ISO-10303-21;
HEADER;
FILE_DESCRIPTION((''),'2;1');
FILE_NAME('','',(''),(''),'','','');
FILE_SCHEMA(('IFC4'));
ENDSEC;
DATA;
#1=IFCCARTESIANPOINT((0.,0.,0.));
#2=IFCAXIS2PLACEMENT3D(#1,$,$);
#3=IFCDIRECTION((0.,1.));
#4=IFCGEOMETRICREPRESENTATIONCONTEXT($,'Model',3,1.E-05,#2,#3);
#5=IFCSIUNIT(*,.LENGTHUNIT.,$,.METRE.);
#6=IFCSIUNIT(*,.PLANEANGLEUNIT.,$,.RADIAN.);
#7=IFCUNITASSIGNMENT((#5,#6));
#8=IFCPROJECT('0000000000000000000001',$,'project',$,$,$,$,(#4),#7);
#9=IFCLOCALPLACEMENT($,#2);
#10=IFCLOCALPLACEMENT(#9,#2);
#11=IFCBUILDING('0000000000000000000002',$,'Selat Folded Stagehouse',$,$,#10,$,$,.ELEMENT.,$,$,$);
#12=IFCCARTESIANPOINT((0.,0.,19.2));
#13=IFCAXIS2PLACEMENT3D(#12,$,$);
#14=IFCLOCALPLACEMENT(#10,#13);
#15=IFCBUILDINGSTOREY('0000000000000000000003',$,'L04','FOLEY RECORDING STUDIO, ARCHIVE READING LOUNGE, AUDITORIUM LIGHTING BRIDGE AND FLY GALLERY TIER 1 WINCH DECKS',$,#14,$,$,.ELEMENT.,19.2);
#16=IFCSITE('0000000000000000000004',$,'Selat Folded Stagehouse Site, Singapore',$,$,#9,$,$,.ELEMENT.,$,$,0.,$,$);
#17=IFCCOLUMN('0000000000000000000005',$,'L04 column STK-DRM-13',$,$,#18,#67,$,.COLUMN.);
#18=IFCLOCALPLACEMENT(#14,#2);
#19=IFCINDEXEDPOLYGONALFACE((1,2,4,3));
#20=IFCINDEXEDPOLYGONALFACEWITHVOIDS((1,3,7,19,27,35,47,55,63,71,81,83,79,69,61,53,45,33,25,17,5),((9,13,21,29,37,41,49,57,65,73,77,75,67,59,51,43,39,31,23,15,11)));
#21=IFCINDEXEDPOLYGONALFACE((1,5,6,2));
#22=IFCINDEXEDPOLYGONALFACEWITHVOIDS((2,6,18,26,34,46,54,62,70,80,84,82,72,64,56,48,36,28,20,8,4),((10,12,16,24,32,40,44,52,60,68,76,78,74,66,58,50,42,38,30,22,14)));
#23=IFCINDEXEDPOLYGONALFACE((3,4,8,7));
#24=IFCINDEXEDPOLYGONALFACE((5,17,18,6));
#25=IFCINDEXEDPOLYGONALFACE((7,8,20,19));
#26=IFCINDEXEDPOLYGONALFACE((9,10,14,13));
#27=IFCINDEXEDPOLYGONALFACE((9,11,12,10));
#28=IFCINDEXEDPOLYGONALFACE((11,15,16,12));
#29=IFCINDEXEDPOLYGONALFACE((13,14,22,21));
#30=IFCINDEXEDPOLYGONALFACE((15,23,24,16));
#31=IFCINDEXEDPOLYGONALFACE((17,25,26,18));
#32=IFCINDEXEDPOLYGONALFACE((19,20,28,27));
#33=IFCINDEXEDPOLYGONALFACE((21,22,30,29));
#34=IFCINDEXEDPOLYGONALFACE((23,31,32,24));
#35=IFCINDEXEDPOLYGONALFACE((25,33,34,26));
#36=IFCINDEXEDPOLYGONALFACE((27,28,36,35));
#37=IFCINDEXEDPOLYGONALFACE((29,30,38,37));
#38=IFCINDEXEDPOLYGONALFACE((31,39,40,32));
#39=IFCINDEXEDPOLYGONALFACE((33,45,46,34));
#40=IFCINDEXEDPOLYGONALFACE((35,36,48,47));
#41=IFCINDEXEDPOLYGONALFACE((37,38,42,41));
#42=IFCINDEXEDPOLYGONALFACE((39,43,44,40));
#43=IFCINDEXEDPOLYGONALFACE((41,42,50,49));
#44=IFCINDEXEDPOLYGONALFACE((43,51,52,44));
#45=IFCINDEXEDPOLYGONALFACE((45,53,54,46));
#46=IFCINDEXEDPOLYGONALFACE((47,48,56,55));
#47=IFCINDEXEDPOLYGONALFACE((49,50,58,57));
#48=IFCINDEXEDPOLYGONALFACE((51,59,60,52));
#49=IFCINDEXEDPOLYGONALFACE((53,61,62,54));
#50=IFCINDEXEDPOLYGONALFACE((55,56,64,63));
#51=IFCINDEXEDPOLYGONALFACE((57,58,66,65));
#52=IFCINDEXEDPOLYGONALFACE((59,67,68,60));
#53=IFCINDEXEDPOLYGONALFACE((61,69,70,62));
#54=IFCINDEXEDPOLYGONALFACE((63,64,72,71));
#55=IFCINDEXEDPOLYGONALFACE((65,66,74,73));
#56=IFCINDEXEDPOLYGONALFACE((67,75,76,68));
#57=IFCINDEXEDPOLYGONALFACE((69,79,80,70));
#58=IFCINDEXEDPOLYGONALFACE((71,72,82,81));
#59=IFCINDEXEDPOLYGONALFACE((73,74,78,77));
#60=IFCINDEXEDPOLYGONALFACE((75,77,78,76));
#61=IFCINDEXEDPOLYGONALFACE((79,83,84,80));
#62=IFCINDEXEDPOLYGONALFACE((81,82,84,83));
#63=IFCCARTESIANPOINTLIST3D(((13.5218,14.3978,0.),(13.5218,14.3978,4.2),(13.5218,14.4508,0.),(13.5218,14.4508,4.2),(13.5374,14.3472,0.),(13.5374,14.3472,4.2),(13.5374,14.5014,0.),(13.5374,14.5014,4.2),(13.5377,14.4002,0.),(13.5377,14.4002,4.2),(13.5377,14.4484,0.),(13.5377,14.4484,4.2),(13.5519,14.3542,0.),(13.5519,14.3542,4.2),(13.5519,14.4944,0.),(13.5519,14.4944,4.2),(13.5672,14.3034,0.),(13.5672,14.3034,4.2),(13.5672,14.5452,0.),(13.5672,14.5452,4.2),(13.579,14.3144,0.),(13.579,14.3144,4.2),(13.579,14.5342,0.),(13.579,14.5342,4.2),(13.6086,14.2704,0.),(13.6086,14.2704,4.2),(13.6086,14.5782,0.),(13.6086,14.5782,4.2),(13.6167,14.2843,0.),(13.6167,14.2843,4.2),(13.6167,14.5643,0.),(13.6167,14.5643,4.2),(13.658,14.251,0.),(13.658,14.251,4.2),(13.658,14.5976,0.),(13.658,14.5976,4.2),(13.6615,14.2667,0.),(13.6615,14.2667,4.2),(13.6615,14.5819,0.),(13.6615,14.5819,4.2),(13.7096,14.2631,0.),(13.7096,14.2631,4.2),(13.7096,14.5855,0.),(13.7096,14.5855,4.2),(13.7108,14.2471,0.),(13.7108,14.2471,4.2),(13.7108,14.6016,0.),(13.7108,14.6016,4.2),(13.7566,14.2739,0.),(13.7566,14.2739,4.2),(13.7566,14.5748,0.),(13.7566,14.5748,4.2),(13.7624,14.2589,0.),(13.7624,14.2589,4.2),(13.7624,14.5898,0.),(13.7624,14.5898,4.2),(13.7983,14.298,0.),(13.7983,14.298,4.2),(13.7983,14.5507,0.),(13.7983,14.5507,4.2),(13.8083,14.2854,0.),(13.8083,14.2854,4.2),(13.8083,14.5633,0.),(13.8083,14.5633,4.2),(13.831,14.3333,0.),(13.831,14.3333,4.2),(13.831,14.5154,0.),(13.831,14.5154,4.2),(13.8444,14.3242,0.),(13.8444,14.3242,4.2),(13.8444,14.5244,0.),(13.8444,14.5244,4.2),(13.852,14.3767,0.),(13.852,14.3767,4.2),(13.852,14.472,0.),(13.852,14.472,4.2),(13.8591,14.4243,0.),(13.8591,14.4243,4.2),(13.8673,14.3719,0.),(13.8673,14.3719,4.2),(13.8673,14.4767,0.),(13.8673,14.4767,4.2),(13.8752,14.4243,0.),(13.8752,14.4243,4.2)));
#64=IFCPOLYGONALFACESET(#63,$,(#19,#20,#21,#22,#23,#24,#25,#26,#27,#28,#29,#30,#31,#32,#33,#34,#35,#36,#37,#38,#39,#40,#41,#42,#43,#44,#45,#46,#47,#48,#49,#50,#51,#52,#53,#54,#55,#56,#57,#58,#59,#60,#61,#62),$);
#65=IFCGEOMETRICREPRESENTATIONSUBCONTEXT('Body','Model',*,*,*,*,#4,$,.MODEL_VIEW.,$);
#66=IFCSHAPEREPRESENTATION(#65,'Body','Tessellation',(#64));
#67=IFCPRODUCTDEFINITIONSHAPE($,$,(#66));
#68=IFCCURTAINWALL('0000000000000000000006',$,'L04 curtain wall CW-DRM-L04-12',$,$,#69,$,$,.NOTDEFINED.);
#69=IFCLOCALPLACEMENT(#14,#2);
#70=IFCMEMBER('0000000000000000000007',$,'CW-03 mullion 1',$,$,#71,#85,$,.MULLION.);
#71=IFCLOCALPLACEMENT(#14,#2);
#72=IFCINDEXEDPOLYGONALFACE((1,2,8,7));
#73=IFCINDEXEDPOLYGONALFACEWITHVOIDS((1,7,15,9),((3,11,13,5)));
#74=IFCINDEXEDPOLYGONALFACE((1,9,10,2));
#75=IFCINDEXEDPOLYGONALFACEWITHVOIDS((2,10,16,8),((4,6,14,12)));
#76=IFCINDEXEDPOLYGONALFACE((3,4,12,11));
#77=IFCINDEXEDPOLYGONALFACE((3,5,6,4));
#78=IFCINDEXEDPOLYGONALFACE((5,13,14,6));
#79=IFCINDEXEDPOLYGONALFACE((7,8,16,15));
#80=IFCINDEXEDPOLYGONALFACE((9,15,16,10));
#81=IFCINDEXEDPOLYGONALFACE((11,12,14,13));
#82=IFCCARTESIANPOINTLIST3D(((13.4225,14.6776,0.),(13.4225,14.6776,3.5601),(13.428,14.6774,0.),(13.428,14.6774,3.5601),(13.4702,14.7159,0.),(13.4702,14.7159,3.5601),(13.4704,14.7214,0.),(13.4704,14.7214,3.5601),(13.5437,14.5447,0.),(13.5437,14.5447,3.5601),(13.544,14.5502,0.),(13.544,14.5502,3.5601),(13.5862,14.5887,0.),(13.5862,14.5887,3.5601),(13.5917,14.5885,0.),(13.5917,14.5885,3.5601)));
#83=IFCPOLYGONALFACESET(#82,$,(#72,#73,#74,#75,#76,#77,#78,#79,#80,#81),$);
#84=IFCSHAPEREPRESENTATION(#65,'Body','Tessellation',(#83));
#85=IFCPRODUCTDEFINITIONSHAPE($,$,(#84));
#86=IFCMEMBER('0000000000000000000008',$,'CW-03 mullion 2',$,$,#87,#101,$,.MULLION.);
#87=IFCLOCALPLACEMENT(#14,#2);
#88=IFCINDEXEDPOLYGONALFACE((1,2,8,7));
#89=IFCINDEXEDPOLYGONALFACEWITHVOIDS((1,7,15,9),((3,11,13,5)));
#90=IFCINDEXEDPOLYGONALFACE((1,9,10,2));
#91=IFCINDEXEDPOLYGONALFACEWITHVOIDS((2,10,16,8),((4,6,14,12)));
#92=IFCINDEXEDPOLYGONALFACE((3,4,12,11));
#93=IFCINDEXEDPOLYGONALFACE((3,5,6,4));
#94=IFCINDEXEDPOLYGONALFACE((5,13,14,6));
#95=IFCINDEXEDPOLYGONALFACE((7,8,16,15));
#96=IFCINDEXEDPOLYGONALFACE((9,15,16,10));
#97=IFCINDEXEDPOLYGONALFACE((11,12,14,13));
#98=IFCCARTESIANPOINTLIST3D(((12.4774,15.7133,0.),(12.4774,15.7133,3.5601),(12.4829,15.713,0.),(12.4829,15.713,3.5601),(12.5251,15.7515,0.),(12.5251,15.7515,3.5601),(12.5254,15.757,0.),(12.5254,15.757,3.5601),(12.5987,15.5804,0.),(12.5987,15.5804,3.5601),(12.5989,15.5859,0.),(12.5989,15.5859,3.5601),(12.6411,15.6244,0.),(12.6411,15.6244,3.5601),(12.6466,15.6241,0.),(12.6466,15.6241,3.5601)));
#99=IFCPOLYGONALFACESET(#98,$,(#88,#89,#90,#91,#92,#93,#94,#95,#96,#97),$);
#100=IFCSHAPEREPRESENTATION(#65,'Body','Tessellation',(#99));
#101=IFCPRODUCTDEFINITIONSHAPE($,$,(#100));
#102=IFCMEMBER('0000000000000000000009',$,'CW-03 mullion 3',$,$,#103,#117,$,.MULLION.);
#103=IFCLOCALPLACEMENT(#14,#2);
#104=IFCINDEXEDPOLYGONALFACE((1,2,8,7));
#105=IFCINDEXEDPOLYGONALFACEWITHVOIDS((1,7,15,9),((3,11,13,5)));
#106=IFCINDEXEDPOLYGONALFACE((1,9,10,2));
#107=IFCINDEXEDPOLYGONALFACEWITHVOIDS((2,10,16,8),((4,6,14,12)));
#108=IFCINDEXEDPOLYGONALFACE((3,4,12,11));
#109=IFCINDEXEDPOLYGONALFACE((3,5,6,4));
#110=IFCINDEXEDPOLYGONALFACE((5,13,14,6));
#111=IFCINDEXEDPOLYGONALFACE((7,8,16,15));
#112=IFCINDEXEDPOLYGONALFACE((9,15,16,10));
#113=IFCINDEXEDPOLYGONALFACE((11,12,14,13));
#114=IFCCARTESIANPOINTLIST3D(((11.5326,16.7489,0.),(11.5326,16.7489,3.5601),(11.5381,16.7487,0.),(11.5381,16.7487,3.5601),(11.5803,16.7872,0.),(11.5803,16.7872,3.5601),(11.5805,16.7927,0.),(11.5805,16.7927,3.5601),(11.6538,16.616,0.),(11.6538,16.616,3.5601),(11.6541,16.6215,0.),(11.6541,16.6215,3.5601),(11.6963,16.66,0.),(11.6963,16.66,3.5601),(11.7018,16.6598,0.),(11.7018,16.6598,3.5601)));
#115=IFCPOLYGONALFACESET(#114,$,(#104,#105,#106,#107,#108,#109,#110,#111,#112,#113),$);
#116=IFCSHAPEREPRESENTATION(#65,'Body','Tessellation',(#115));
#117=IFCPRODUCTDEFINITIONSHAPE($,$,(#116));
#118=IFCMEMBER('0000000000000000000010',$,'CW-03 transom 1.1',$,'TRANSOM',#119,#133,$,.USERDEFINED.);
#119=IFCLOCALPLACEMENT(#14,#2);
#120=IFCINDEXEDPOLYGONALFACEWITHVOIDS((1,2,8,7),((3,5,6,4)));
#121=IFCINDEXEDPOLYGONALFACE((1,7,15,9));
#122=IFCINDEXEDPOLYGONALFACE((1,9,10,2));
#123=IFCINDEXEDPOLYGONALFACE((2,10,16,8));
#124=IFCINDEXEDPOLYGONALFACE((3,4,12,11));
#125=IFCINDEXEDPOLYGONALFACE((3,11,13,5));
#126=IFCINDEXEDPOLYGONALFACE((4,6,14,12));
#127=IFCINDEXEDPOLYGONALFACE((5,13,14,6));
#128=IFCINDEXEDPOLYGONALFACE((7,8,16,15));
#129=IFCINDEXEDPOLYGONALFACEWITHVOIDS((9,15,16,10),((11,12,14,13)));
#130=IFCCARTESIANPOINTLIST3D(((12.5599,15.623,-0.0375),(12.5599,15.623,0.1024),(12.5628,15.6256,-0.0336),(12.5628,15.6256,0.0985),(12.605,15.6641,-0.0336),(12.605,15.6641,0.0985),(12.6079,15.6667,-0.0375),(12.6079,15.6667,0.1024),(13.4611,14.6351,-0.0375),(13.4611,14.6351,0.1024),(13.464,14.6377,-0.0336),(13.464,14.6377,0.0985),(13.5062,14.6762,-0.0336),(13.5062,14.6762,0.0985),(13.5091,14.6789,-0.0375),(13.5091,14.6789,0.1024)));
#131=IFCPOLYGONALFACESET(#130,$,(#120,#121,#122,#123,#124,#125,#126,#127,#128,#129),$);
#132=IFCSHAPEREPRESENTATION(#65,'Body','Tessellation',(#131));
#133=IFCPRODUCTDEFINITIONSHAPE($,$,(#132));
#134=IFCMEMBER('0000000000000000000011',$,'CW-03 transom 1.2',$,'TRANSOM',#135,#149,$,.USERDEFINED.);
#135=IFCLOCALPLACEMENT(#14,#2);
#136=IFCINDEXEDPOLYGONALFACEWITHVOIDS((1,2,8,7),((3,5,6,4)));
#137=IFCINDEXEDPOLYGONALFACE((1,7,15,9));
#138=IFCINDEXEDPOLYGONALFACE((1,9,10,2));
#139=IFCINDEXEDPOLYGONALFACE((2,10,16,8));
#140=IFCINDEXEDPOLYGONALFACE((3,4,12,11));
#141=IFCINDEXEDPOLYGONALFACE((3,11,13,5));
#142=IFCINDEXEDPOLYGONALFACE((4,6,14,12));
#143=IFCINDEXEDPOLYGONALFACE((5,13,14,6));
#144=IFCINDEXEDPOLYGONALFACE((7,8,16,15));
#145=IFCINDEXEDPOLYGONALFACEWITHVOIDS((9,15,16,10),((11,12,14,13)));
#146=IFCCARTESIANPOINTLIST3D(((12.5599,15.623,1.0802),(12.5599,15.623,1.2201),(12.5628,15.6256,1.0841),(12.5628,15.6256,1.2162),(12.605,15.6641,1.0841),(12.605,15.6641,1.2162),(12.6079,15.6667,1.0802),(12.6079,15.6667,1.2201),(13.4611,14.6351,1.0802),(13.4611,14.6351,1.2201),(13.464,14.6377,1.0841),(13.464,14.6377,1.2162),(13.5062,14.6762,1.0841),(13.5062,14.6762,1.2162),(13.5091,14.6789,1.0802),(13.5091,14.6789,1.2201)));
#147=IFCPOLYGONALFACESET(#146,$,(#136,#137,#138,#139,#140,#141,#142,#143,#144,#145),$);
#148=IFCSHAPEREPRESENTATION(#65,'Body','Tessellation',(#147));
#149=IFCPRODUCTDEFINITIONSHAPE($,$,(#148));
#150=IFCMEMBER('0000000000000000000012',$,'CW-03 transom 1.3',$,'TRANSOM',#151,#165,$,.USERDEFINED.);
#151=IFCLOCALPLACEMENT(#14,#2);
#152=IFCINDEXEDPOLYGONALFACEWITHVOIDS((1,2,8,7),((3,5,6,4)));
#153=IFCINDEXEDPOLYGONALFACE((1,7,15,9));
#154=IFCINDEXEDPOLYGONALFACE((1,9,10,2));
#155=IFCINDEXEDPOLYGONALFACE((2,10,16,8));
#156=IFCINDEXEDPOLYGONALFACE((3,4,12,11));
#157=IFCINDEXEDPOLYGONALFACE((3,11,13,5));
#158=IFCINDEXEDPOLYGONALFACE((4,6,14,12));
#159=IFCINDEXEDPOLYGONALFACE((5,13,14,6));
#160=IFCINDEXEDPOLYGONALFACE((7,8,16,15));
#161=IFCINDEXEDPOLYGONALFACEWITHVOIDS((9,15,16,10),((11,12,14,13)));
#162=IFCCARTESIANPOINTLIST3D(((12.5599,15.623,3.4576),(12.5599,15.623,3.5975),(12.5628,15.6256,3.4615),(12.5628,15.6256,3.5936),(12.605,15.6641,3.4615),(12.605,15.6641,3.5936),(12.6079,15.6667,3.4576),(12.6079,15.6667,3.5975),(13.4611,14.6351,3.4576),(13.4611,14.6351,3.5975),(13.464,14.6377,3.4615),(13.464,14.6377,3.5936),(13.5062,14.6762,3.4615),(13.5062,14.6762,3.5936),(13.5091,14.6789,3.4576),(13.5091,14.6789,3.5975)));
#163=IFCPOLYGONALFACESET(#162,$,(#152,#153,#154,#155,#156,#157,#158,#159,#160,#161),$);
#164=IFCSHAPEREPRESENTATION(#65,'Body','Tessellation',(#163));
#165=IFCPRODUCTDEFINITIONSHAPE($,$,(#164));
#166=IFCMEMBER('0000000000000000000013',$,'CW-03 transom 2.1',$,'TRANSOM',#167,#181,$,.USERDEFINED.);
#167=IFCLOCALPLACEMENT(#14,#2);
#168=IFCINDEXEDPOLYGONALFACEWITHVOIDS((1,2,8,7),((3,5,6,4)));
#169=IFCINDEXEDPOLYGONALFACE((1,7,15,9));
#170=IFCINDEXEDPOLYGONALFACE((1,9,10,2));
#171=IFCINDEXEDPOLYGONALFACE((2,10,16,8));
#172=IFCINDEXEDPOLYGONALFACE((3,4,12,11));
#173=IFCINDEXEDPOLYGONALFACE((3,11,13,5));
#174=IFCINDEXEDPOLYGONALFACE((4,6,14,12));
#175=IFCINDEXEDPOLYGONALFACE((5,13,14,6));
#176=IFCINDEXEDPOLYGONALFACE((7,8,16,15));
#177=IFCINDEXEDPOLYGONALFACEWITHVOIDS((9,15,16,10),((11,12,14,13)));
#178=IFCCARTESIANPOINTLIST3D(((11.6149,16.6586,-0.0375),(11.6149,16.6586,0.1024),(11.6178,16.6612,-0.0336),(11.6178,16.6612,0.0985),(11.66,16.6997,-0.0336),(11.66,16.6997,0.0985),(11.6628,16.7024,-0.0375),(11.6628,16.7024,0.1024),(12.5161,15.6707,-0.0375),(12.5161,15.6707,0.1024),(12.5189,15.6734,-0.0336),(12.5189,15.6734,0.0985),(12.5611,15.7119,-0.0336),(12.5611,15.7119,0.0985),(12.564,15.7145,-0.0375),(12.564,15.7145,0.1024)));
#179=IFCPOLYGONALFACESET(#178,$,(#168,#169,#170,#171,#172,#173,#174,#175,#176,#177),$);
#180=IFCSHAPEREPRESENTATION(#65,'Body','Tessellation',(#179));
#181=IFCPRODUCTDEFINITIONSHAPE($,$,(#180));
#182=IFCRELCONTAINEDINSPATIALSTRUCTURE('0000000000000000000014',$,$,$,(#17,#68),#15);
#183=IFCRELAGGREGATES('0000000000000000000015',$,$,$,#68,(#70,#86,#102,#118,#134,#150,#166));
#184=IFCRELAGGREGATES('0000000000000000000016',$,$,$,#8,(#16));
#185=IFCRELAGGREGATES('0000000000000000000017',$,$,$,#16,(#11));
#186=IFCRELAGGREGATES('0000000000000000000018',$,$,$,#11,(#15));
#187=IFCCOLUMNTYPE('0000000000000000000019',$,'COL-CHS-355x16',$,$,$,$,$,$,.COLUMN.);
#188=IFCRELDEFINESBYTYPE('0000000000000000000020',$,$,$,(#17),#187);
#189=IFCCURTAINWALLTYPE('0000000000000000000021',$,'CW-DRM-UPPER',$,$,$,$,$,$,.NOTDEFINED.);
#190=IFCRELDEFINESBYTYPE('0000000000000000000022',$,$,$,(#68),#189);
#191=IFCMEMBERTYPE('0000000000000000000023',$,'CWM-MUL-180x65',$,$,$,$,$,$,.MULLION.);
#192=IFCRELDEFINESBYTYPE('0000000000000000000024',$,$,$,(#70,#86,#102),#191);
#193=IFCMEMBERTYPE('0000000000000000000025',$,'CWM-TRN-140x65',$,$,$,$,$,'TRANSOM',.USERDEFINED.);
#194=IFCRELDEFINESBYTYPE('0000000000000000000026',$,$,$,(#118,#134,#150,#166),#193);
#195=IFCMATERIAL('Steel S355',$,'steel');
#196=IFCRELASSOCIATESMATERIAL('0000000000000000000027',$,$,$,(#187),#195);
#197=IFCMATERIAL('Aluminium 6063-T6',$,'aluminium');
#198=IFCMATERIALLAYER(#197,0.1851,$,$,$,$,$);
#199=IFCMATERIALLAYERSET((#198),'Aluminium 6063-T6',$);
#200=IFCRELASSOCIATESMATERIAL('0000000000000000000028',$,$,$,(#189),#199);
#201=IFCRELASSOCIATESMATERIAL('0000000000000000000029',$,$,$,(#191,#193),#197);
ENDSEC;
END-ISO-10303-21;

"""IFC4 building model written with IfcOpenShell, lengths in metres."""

from ifc_helpers import new_model, si_unit, direction, frame, origin, origin_2d, place, context, subcontext, project, spatial, hollow_rectangle, hollow_circle, extrude, material, layer, layer_set, material_profile, profile_set, type_object, element, aggregate, save


model = new_model("IFC4")

# Units and contexts
model_context = context("Model", 3, precision=1e-05, world=origin(), true_north=direction((0.0, 1.0)))
body_context = subcontext(model_context, "Body", "Model", "MODEL_VIEW")
ifc_project = project(units=[si_unit("LENGTHUNIT", "METRE"), si_unit("PLANEANGLEUNIT", "RADIAN")], contexts=[model_context])

# Site, building, storey
site_placement = place(None, origin())
site = spatial("IfcSite", under=ifc_project, at=site_placement, Name="Selat Folded Stagehouse Site, Singapore", CompositionType="ELEMENT", RefElevation=0.0)
building_placement = place(site_placement, origin())
building = spatial("IfcBuilding", under=site, at=building_placement, Name="Selat Folded Stagehouse", CompositionType="ELEMENT")
storey_placement = place(building_placement, frame((0.0, 0.0, 19.2)))
storey = spatial("IfcBuildingStorey", under=building, at=storey_placement, Name="L04", Description="FOLEY RECORDING STUDIO, ARCHIVE READING LOUNGE, AUDITORIUM LIGHTING BRIDGE AND FLY GALLERY TIER 1 WINCH DECKS", CompositionType="ELEMENT", Elevation=19.2)

# Column
ifc_material_1 = material(Name="Steel S355", Category="steel")
ifc_material_profile_1 = material_profile(ifc_material_1, hollow_circle(Radius=0.1777, WallThickness=0.0161, at=origin_2d()), Name="CHS 355.6x16.0")
ifc_profile_set_1 = profile_set([ifc_material_profile_1], Name="Steel S355")
column_type = type_object("IfcColumnType", Name="COL-CHS-355x16", PredefinedType="COLUMN", material=ifc_profile_set_1)
column_placement = place(storey_placement, frame((13.6975, 14.4243, 0.0), z_axis=(0.0, 0.0, 1.0), x_axis=(1.0, 0.0, 0.0)))
element("IfcColumn", 1, at=column_placement, inside=storey, type_object=column_type, Name="L04 column STK-DRM-13", PredefinedType="COLUMN", context=body_context, shape_type="SweptSolid", body=[
    extrude(hollow_circle(Radius=0.1777, WallThickness=0.0161, at=origin_2d()), origin(), (0.0, 0.0, 1.0), 4.2),
])

# Curtain wall, members
ifc_material_2 = material(Name="Aluminium 6063-T6", Category="aluminium")
ifc_layer_1 = layer(ifc_material_2, 0.1851)
ifc_layer_set_1 = layer_set([ifc_layer_1], Name="Aluminium 6063-T6")
curtain_wall_type = type_object("IfcCurtainWallType", Name="CW-DRM-UPPER", PredefinedType="NOTDEFINED", material=ifc_layer_set_1)
curtain_wall_placement = place(storey_placement, origin())
curtain_wall = element("IfcCurtainWall", 2, at=curtain_wall_placement, inside=storey, type_object=curtain_wall_type, Name="L04 curtain wall CW-DRM-L04-12", PredefinedType="NOTDEFINED")
ifc_material_profile_2 = material_profile(ifc_material_2, hollow_rectangle(XDim=0.0649, YDim=0.1799, WallThickness=0.0039, at=origin_2d()), Name="ALU 180x65x4.0")
ifc_profile_set_2 = profile_set([ifc_material_profile_2], Name="Aluminium 6063-T6")
member_type_1 = type_object("IfcMemberType", Name="CWM-MUL-180x65", PredefinedType="MULLION", material=ifc_profile_set_2)
member_1_placement = place(storey_placement, frame((13.5071, 14.6331, 0.0), z_axis=(0.0, 0.0, 1.0), x_axis=(-0.738729, -0.674002, 0.0)))
member_1 = element("IfcMember", 3, at=member_1_placement, type_object=member_type_1, Name="CW-03 mullion 1", PredefinedType="MULLION", context=body_context, shape_type="SweptSolid", body=[
    extrude(hollow_rectangle(XDim=0.0649, YDim=0.1799, WallThickness=0.0039, at=origin_2d()), origin(), (0.0, 0.0, 1.0), 3.5601),
])
member_2_placement = place(storey_placement, frame((12.562, 15.6687, 0.0), z_axis=(0.0, 0.0, 1.0), x_axis=(-0.738729, -0.674002, 0.0)))
member_2 = element("IfcMember", 4, at=member_2_placement, type_object=member_type_1, Name="CW-03 mullion 2", PredefinedType="MULLION", context=body_context, shape_type="SweptSolid", body=[
    extrude(hollow_rectangle(XDim=0.0649, YDim=0.1799, WallThickness=0.0039, at=origin_2d()), origin(), (0.0, 0.0, 1.0), 3.5601),
])
member_3_placement = place(storey_placement, frame((11.6172, 16.7043, 0.0), z_axis=(0.0, 0.0, 1.0), x_axis=(-0.738729, -0.674002, 0.0)))
member_3 = element("IfcMember", 5, at=member_3_placement, type_object=member_type_1, Name="CW-03 mullion 3", PredefinedType="MULLION", context=body_context, shape_type="SweptSolid", body=[
    extrude(hollow_rectangle(XDim=0.0649, YDim=0.1799, WallThickness=0.0039, at=origin_2d()), origin(), (0.0, 0.0, 1.0), 3.5601),
])
ifc_material_profile_3 = material_profile(ifc_material_2, hollow_rectangle(XDim=0.0649, YDim=0.1399, WallThickness=0.0039, at=origin_2d()), Name="ALU 140x65x4.0")
ifc_profile_set_3 = profile_set([ifc_material_profile_3], Name="Aluminium 6063-T6")
member_type_2 = type_object("IfcMemberType", Name="CWM-TRN-140x65", ElementType="TRANSOM", PredefinedType="USERDEFINED", material=ifc_profile_set_3)
member_4_placement = place(storey_placement, frame((13.4851, 14.657, 0.0325), z_axis=(-0.673953, 0.738774, 0.0), x_axis=(-0.738774, -0.673953, 0.0)))
member_4 = element("IfcMember", 6, at=member_4_placement, type_object=member_type_2, Name="CW-03 transom 1.1", ObjectType="TRANSOM", PredefinedType="USERDEFINED", context=body_context, shape_type="SweptSolid", body=[
    extrude(hollow_rectangle(XDim=0.0649, YDim=0.1399, WallThickness=0.0039, at=origin_2d()), origin(), (0.0, 0.0, 1.0), 1.3372),
])
member_5_placement = place(storey_placement, frame((13.4851, 14.657, 1.1501), z_axis=(-0.673953, 0.738774, 0.0), x_axis=(-0.738774, -0.673953, 0.0)))
member_5 = element("IfcMember", 7, at=member_5_placement, type_object=member_type_2, Name="CW-03 transom 1.2", ObjectType="TRANSOM", PredefinedType="USERDEFINED", context=body_context, shape_type="SweptSolid", body=[
    extrude(hollow_rectangle(XDim=0.0649, YDim=0.1399, WallThickness=0.0039, at=origin_2d()), origin(), (0.0, 0.0, 1.0), 1.3372),
])
member_6_placement = place(storey_placement, frame((13.4851, 14.657, 3.5276), z_axis=(-0.673953, 0.738774, 0.0), x_axis=(-0.738774, -0.673953, 0.0)))
member_6 = element("IfcMember", 8, at=member_6_placement, type_object=member_type_2, Name="CW-03 transom 1.3", ObjectType="TRANSOM", PredefinedType="USERDEFINED", context=body_context, shape_type="SweptSolid", body=[
    extrude(hollow_rectangle(XDim=0.0649, YDim=0.1399, WallThickness=0.0039, at=origin_2d()), origin(), (0.0, 0.0, 1.0), 1.3372),
])
member_7_placement = place(storey_placement, frame((12.54, 15.6926, 0.0325), z_axis=(-0.673953, 0.738774, 0.0), x_axis=(-0.738774, -0.673953, 0.0)))
member_7 = element("IfcMember", 9, at=member_7_placement, type_object=member_type_2, Name="CW-03 transom 2.1", ObjectType="TRANSOM", PredefinedType="USERDEFINED", context=body_context, shape_type="SweptSolid", body=[
    extrude(hollow_rectangle(XDim=0.0649, YDim=0.1399, WallThickness=0.0039, at=origin_2d()), origin(), (0.0, 0.0, 1.0), 1.3372),
])

aggregate(curtain_wall, [member_1, member_2, member_3, member_4, member_5, member_6, member_7])

save(model, "model.ifc")
